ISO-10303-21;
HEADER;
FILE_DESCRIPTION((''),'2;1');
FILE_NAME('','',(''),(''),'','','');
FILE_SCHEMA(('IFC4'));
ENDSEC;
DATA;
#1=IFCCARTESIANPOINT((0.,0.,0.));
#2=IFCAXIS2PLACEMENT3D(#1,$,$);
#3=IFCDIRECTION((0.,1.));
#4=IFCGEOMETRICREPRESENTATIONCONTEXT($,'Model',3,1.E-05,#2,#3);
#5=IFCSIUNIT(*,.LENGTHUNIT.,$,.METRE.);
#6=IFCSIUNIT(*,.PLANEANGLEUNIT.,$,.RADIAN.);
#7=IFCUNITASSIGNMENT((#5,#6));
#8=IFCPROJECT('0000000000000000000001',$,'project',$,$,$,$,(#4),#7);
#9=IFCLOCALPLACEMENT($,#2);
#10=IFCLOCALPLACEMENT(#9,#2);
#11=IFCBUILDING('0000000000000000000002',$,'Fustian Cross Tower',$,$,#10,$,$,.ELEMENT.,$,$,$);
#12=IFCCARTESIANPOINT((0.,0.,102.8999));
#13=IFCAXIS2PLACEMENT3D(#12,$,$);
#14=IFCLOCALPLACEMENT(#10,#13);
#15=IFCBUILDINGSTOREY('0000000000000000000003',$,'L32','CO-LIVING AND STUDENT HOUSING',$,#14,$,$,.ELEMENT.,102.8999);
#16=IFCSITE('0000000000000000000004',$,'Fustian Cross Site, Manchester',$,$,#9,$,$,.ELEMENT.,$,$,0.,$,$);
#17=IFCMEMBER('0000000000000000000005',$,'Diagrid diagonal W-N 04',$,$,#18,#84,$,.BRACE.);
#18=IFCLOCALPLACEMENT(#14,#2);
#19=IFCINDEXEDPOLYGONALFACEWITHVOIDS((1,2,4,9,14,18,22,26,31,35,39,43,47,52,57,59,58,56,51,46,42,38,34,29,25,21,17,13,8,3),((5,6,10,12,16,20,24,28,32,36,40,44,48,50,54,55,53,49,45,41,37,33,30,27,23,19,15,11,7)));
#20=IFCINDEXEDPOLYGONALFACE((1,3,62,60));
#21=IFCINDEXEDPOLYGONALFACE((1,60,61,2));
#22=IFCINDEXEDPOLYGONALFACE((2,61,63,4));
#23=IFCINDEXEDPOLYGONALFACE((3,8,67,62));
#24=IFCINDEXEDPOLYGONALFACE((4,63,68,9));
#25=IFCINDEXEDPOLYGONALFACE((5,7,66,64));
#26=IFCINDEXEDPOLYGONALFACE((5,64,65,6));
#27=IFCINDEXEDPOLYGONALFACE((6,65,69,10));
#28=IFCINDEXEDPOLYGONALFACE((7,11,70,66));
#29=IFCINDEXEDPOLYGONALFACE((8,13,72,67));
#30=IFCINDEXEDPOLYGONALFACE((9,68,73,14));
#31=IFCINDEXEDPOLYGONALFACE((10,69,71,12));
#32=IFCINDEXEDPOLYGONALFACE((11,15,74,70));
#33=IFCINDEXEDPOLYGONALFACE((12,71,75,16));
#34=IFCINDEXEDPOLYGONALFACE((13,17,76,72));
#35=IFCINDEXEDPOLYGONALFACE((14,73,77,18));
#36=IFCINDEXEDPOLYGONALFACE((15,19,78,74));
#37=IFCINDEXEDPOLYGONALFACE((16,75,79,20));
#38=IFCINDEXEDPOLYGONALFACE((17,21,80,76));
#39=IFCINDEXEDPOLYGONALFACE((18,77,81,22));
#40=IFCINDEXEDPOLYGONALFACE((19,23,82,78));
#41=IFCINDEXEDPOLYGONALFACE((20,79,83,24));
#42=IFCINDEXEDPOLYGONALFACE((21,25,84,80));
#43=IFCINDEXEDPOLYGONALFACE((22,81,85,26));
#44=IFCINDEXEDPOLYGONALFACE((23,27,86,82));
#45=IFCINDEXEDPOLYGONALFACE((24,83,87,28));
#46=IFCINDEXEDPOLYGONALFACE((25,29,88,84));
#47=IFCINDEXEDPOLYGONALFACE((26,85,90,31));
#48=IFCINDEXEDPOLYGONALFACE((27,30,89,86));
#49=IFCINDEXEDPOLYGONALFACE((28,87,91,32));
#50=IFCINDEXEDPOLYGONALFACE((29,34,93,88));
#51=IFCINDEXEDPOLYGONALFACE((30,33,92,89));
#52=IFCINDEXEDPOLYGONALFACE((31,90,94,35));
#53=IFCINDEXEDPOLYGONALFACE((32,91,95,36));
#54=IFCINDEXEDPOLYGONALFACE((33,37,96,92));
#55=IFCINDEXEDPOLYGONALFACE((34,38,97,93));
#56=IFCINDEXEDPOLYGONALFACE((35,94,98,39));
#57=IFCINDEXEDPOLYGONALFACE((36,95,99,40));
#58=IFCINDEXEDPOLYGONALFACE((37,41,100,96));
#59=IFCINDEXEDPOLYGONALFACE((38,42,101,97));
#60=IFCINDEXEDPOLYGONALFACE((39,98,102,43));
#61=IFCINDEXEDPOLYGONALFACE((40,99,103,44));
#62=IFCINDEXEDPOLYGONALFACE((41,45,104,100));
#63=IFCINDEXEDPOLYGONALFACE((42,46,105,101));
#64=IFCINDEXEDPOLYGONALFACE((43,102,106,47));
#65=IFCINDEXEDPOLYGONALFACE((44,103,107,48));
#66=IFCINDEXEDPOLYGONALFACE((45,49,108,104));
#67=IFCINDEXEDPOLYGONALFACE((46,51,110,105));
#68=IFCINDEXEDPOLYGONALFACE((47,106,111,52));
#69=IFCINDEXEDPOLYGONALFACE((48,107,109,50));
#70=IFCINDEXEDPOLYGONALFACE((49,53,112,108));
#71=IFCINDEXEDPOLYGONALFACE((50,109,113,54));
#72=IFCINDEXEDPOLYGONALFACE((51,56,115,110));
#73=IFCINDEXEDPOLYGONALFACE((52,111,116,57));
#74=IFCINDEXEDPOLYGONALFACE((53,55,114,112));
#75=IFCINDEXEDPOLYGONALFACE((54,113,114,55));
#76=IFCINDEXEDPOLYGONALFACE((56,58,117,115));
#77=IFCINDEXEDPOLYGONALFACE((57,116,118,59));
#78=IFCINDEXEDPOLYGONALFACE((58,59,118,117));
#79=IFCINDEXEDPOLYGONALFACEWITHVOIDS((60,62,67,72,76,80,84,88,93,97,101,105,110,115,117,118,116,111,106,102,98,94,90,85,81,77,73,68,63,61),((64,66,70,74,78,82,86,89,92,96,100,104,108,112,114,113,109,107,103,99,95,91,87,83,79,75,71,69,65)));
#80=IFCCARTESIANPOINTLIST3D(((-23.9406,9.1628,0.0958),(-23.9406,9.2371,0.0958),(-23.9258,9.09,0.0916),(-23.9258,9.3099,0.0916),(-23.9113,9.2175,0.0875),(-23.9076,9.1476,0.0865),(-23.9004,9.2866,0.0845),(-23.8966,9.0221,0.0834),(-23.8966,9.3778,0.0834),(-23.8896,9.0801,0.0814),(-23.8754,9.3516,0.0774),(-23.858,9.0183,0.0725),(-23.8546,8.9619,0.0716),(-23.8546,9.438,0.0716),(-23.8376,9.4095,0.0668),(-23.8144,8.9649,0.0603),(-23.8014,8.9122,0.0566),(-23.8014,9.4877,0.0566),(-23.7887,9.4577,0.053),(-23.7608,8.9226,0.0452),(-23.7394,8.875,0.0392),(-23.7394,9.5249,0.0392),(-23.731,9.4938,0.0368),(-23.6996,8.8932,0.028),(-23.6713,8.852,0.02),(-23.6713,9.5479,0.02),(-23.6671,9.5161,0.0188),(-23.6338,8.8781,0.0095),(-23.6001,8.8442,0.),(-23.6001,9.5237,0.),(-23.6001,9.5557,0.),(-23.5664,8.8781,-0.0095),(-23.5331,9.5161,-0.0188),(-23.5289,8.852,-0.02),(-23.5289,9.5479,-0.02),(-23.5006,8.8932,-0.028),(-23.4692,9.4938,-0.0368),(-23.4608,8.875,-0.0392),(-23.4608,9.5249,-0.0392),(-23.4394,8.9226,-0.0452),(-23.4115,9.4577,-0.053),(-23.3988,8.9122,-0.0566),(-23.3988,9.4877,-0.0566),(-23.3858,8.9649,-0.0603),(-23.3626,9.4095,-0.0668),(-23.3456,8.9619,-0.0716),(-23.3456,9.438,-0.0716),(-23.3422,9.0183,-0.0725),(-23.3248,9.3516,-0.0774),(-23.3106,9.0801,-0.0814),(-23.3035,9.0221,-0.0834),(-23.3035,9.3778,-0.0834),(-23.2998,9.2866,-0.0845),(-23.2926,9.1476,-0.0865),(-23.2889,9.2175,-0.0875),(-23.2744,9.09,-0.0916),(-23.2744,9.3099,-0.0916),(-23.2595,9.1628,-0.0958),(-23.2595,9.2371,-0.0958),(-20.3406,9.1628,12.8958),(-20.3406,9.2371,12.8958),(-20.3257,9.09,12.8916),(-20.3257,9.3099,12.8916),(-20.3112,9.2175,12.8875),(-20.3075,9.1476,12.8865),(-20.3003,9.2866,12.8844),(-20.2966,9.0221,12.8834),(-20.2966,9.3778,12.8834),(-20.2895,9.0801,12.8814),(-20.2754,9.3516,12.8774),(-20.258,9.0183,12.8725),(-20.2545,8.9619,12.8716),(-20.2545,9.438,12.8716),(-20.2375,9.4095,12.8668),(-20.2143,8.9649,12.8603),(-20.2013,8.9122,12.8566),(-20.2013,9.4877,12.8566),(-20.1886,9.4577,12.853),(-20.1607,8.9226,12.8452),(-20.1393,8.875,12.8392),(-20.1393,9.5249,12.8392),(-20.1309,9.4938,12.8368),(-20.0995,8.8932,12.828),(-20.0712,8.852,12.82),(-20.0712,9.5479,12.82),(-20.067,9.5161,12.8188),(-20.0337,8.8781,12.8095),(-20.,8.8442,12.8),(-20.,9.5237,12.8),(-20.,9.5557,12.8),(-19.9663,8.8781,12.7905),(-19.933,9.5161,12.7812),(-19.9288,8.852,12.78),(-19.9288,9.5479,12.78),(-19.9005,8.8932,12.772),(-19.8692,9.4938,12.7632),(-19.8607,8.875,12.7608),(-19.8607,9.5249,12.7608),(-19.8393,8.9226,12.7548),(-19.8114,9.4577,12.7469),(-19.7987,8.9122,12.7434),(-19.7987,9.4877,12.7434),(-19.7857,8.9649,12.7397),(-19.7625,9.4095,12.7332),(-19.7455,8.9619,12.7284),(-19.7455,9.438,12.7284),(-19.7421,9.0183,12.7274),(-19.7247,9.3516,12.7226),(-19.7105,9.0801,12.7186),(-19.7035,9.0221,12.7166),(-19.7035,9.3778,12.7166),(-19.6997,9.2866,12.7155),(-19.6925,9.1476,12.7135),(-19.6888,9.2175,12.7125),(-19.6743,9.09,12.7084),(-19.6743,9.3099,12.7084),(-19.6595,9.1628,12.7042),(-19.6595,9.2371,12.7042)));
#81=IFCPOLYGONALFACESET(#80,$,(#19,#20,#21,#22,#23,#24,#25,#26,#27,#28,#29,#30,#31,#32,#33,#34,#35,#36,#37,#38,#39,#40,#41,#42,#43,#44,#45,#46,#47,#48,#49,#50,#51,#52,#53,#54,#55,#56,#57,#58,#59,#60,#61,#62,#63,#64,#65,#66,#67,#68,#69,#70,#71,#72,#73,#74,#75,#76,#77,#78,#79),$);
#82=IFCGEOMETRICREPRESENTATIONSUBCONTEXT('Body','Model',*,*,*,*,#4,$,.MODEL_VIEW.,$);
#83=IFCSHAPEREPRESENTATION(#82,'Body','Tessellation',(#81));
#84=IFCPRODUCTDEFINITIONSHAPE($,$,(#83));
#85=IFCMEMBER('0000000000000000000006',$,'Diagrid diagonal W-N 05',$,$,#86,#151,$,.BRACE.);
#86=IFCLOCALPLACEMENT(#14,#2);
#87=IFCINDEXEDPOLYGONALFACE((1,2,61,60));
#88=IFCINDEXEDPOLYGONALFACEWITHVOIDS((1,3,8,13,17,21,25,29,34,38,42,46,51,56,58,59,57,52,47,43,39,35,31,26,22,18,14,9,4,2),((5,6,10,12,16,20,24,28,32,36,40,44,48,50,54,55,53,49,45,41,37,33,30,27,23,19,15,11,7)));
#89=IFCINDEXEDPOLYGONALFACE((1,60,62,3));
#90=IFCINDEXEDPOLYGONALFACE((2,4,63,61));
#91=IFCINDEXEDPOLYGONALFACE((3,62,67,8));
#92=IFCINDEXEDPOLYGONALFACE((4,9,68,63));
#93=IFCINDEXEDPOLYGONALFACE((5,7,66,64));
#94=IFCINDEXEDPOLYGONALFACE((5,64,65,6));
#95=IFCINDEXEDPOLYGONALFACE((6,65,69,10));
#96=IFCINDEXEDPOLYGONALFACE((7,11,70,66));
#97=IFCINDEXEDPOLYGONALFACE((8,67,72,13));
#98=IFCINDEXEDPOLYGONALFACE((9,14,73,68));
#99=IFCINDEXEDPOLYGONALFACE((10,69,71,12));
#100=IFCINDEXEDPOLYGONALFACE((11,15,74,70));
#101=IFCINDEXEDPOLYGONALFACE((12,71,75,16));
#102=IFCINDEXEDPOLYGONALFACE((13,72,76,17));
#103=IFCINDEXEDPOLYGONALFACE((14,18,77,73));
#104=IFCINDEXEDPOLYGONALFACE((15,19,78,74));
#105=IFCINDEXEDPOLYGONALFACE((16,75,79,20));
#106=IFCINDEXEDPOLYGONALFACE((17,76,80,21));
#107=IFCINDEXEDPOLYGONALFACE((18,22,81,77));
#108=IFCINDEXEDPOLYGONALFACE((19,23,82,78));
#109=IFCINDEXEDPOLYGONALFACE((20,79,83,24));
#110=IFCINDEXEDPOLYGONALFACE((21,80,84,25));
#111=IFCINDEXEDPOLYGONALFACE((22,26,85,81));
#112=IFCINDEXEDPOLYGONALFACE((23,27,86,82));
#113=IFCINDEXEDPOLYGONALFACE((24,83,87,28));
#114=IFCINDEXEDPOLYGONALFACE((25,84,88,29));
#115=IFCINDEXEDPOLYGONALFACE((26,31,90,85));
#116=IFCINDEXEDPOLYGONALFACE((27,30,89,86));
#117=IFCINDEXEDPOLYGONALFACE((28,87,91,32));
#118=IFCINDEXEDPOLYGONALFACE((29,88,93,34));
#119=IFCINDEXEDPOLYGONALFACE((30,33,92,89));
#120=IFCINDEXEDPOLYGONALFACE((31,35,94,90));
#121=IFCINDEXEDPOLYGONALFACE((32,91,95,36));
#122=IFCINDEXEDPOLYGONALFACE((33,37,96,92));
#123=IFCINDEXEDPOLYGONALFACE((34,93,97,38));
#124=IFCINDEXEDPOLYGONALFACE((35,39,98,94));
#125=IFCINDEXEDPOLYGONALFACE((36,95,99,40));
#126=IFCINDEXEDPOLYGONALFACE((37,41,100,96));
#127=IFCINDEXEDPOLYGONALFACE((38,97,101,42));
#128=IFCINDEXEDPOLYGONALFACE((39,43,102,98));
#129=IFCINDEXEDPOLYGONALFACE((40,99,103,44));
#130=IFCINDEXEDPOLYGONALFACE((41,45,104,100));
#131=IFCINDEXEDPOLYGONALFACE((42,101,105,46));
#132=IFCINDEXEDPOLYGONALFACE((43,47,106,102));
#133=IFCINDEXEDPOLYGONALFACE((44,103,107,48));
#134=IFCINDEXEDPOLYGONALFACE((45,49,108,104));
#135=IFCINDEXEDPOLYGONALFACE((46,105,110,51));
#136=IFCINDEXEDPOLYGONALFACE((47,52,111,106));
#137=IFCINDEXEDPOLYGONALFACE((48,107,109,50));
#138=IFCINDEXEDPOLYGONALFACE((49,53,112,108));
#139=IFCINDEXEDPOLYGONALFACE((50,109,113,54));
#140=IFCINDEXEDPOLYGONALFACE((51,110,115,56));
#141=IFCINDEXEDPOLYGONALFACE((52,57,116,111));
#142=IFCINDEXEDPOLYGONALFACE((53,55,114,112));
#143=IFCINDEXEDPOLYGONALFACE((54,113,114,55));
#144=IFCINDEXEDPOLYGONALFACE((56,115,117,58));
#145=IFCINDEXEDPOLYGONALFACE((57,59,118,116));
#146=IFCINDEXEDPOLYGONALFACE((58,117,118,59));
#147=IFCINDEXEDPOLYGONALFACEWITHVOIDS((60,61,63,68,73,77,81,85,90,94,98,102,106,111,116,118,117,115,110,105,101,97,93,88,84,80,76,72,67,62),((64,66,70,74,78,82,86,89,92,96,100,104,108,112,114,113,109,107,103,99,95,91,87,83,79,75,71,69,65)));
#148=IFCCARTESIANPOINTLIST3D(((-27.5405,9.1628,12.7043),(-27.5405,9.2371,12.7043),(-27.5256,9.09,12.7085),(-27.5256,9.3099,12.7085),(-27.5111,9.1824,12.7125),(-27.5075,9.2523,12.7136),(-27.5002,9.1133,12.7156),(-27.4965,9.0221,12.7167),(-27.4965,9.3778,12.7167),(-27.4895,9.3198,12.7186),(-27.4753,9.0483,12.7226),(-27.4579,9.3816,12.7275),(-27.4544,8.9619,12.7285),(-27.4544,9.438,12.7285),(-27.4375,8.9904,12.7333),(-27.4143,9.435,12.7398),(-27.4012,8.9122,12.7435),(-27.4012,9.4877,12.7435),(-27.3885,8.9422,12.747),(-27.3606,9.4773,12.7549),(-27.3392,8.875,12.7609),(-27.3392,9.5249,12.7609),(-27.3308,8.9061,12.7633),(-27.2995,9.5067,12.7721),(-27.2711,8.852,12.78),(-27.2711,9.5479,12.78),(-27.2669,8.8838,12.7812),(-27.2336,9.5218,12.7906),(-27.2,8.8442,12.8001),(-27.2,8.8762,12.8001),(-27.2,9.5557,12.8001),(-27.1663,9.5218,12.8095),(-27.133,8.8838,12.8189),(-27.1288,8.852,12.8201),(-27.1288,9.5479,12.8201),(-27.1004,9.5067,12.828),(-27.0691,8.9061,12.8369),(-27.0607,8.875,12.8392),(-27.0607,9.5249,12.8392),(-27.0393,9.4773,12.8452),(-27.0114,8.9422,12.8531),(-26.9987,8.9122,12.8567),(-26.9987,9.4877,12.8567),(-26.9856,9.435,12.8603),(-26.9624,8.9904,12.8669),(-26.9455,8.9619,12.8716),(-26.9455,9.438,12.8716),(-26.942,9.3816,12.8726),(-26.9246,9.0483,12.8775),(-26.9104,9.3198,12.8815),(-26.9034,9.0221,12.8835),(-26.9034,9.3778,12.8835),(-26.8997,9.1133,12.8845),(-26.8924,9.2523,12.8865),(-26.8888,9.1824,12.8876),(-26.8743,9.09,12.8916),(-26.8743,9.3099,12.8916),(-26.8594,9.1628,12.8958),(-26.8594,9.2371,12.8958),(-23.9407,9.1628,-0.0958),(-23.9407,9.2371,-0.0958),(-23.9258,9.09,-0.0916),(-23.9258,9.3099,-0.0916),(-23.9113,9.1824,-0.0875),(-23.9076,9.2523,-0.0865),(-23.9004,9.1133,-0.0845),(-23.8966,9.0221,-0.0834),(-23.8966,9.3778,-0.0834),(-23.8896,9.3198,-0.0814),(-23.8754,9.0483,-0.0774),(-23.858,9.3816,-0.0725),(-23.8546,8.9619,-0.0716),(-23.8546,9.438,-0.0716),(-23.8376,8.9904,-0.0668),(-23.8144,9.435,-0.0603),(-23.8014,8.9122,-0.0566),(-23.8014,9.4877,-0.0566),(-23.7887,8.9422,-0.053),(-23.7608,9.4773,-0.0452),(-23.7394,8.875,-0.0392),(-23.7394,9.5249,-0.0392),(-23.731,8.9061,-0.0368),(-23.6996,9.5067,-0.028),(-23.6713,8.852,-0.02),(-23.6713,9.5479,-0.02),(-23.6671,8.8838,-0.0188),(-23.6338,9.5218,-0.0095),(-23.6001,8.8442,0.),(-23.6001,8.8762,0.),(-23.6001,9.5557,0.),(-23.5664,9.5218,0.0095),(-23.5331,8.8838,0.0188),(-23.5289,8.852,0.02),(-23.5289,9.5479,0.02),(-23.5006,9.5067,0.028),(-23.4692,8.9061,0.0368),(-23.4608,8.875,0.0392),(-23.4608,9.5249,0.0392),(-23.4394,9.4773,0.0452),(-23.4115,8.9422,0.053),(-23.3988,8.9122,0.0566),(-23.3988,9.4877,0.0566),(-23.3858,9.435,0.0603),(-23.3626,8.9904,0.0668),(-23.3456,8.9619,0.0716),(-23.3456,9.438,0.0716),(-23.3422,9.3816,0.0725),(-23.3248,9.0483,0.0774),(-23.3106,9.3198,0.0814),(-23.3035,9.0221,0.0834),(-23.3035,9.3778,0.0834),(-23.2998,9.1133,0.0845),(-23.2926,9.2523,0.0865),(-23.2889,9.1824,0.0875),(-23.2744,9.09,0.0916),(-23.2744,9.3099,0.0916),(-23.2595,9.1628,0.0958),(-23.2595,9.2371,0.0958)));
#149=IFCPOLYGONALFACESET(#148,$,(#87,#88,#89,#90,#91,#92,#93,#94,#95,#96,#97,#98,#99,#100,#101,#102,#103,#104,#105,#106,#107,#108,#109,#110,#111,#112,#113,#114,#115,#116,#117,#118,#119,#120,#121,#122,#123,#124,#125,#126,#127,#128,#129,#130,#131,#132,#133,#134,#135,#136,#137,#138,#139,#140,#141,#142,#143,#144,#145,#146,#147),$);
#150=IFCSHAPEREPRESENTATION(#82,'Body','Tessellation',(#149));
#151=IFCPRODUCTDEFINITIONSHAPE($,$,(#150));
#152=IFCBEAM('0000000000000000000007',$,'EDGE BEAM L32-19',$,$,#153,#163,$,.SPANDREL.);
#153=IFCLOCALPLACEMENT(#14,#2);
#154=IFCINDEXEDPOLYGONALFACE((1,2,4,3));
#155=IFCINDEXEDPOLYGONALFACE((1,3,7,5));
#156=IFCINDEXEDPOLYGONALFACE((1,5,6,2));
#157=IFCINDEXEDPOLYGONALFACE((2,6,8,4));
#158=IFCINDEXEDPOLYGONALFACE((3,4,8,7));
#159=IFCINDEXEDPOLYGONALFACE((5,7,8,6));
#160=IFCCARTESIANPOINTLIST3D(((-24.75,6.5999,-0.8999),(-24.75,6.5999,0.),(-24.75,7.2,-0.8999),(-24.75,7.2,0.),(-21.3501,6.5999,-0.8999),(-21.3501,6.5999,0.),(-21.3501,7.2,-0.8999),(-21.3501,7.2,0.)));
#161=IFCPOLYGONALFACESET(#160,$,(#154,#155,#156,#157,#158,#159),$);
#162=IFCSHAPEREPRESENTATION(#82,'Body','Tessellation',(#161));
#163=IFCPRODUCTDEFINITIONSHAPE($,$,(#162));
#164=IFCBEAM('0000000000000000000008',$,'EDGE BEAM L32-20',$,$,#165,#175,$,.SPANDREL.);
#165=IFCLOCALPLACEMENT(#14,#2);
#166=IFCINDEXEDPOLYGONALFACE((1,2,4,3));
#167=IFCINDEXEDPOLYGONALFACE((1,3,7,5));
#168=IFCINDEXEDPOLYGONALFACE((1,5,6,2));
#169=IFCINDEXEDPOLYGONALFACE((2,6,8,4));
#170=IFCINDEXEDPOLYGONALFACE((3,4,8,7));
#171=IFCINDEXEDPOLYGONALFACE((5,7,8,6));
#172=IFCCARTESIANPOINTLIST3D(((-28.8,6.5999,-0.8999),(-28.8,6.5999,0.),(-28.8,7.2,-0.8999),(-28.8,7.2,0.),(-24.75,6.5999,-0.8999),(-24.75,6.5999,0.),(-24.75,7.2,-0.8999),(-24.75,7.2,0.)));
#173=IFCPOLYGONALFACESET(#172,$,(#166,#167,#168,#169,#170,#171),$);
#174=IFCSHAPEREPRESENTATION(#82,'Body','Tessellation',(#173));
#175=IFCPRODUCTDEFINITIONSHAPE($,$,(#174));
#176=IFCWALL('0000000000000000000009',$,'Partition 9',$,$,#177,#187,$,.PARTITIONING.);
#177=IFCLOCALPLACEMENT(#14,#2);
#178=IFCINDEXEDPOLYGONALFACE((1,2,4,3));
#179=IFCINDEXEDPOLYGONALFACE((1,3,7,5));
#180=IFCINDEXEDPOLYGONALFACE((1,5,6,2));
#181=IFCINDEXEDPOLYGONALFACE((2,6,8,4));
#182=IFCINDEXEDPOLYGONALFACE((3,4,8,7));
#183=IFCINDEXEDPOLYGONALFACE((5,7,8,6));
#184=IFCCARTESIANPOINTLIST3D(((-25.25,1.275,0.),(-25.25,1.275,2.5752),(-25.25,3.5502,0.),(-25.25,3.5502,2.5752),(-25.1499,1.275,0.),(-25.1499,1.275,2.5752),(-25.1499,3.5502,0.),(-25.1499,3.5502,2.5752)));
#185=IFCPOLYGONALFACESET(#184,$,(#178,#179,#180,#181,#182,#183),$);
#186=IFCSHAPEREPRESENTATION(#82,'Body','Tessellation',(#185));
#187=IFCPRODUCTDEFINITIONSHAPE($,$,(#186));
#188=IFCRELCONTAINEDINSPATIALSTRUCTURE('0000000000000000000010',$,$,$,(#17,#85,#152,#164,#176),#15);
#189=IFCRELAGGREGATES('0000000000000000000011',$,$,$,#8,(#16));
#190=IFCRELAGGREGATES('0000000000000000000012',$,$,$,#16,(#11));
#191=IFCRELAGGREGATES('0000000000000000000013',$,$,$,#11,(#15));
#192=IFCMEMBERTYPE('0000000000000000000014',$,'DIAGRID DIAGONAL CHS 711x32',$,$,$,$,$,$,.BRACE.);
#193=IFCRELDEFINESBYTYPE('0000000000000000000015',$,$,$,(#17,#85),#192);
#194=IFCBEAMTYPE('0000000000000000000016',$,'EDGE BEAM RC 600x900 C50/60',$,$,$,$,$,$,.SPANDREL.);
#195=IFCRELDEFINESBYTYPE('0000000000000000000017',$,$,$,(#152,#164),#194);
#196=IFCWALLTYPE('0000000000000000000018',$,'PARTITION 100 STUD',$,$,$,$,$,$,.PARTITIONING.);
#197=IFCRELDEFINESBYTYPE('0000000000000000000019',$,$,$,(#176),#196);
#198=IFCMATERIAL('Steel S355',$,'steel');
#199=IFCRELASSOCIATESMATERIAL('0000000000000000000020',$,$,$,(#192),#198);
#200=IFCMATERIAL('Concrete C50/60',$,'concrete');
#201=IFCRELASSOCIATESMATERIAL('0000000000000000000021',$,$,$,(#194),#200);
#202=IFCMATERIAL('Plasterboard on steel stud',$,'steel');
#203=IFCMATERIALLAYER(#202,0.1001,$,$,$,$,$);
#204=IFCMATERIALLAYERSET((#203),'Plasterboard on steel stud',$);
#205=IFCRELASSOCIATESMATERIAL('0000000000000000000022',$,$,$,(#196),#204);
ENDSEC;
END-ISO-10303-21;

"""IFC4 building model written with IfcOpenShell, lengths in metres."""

from ifc_helpers import new_model, si_unit, direction, frame, frame_2d, origin, origin_2d, place, context, subcontext, project, spatial, rectangle, hollow_circle, extrude, material, layer, layer_set, material_profile, profile_set, type_object, element, save


model = new_model("IFC4")

# Units and contexts
model_context = context("Model", 3, precision=1e-05, world=origin(), true_north=direction((0.0, 1.0)))
body_context = subcontext(model_context, "Body", "Model", "MODEL_VIEW")
ifc_project = project(units=[si_unit("LENGTHUNIT", "METRE"), si_unit("PLANEANGLEUNIT", "RADIAN")], contexts=[model_context])

# Site, building, storey
site_placement = place(None, origin())
site = spatial("IfcSite", under=ifc_project, at=site_placement, Name="Fustian Cross Site, Manchester", CompositionType="ELEMENT", RefElevation=0.0)
building_placement = place(site_placement, origin())
building = spatial("IfcBuilding", under=site, at=building_placement, Name="Fustian Cross Tower", CompositionType="ELEMENT")
storey_placement = place(building_placement, frame((0.0, 0.0, 102.8999)))
storey = spatial("IfcBuildingStorey", under=building, at=storey_placement, Name="L32", Description="CO-LIVING AND STUDENT HOUSING", CompositionType="ELEMENT", Elevation=102.8999)

# Members
ifc_material_1 = material(Name="Steel S355", Category="steel")
ifc_material_profile_1 = material_profile(ifc_material_1, hollow_circle(Radius=0.3557, WallThickness=0.032, at=origin_2d()), Name="CHS 711x32")
ifc_profile_set_1 = profile_set([ifc_material_profile_1], Name="Steel S355")
member_type = type_object("IfcMemberType", Name="DIAGRID DIAGONAL CHS 711x32", PredefinedType="BRACE", material=ifc_profile_set_1)
for number, where, z_axis, x_axis, name in (
    (1, (-23.6001, 9.2, 0.0), (0.270751, 0.0, 0.962649), (0.0, 1.0, 0.0), "Diagrid diagonal W-N 04"),
    (2, (-23.6001, 9.2, 0.0), (-0.270734, 0.0, 0.962654), (0.0, -1.0, 0.0), "Diagrid diagonal W-N 05"),
):
    element("IfcMember", number, at=place(storey_placement, frame(where, z_axis=z_axis, x_axis=x_axis)), inside=storey, type_object=member_type, Name=name, PredefinedType="BRACE", context=body_context, shape_type="SweptSolid", body=[
        extrude(hollow_circle(Radius=0.3557, WallThickness=0.032, at=origin_2d()), origin(), (0.0, 0.0, 1.0), 13.2966),
    ])

# Beams
ifc_material_2 = material(Name="Concrete C50/60", Category="concrete")
ifc_material_profile_2 = material_profile(ifc_material_2, rectangle(XDim=0.6001, YDim=0.8999, at=origin_2d()), Name="RC 600x900")
ifc_profile_set_2 = profile_set([ifc_material_profile_2], Name="Concrete C50/60")
beam_type = type_object("IfcBeamType", Name="EDGE BEAM RC 600x900 C50/60", PredefinedType="SPANDREL", material=ifc_profile_set_2)
beam_1_placement = place(storey_placement, frame((-21.3501, 6.8999, -0.45), z_axis=(-1.0, 0.0, 0.0), x_axis=(0.0, -1.0, 0.0)))
element("IfcBeam", 3, at=beam_1_placement, inside=storey, type_object=beam_type, Name="EDGE BEAM L32-19", PredefinedType="SPANDREL", context=body_context, shape_type="SweptSolid", body=[
    extrude(rectangle(XDim=0.6001, YDim=0.8999, at=origin_2d()), origin(), (0.0, 0.0, 1.0), 3.3999),
])
beam_2_placement = place(storey_placement, frame((-24.75, 6.8999, -0.45), z_axis=(-1.0, 0.0, 0.0), x_axis=(0.0, -1.0, 0.0)))
element("IfcBeam", 4, at=beam_2_placement, inside=storey, type_object=beam_type, Name="EDGE BEAM L32-20", PredefinedType="SPANDREL", context=body_context, shape_type="SweptSolid", body=[
    extrude(rectangle(XDim=0.6001, YDim=0.8999, at=origin_2d()), origin(), (0.0, 0.0, 1.0), 4.05),
])

# Wall
ifc_material_3 = material(Name="Plasterboard on steel stud", Category="steel")
ifc_layer_1 = layer(ifc_material_3, 0.1001)
ifc_layer_set_1 = layer_set([ifc_layer_1], Name="Plasterboard on steel stud")
wall_type_1 = type_object("IfcWallType", Name="PARTITION 100 STUD", PredefinedType="PARTITIONING", material=ifc_layer_set_1)
wall_1_placement = place(storey_placement, frame((-25.2, 1.2749, 0.0), z_axis=(0.0, 0.0, 1.0), x_axis=(0.0, 1.0, 0.0)))
element("IfcWall", 5, at=wall_1_placement, inside=storey, type_object=wall_type_1, Name="Partition 9", PredefinedType="PARTITIONING", context=body_context, shape_type="SweptSolid", body=[
    extrude(rectangle(XDim=2.2751, YDim=0.1001, at=frame_2d((1.1377, 0.0))), origin(), (0.0, 0.0, 1.0), 2.5752),
])

save(model, "model.ifc")
